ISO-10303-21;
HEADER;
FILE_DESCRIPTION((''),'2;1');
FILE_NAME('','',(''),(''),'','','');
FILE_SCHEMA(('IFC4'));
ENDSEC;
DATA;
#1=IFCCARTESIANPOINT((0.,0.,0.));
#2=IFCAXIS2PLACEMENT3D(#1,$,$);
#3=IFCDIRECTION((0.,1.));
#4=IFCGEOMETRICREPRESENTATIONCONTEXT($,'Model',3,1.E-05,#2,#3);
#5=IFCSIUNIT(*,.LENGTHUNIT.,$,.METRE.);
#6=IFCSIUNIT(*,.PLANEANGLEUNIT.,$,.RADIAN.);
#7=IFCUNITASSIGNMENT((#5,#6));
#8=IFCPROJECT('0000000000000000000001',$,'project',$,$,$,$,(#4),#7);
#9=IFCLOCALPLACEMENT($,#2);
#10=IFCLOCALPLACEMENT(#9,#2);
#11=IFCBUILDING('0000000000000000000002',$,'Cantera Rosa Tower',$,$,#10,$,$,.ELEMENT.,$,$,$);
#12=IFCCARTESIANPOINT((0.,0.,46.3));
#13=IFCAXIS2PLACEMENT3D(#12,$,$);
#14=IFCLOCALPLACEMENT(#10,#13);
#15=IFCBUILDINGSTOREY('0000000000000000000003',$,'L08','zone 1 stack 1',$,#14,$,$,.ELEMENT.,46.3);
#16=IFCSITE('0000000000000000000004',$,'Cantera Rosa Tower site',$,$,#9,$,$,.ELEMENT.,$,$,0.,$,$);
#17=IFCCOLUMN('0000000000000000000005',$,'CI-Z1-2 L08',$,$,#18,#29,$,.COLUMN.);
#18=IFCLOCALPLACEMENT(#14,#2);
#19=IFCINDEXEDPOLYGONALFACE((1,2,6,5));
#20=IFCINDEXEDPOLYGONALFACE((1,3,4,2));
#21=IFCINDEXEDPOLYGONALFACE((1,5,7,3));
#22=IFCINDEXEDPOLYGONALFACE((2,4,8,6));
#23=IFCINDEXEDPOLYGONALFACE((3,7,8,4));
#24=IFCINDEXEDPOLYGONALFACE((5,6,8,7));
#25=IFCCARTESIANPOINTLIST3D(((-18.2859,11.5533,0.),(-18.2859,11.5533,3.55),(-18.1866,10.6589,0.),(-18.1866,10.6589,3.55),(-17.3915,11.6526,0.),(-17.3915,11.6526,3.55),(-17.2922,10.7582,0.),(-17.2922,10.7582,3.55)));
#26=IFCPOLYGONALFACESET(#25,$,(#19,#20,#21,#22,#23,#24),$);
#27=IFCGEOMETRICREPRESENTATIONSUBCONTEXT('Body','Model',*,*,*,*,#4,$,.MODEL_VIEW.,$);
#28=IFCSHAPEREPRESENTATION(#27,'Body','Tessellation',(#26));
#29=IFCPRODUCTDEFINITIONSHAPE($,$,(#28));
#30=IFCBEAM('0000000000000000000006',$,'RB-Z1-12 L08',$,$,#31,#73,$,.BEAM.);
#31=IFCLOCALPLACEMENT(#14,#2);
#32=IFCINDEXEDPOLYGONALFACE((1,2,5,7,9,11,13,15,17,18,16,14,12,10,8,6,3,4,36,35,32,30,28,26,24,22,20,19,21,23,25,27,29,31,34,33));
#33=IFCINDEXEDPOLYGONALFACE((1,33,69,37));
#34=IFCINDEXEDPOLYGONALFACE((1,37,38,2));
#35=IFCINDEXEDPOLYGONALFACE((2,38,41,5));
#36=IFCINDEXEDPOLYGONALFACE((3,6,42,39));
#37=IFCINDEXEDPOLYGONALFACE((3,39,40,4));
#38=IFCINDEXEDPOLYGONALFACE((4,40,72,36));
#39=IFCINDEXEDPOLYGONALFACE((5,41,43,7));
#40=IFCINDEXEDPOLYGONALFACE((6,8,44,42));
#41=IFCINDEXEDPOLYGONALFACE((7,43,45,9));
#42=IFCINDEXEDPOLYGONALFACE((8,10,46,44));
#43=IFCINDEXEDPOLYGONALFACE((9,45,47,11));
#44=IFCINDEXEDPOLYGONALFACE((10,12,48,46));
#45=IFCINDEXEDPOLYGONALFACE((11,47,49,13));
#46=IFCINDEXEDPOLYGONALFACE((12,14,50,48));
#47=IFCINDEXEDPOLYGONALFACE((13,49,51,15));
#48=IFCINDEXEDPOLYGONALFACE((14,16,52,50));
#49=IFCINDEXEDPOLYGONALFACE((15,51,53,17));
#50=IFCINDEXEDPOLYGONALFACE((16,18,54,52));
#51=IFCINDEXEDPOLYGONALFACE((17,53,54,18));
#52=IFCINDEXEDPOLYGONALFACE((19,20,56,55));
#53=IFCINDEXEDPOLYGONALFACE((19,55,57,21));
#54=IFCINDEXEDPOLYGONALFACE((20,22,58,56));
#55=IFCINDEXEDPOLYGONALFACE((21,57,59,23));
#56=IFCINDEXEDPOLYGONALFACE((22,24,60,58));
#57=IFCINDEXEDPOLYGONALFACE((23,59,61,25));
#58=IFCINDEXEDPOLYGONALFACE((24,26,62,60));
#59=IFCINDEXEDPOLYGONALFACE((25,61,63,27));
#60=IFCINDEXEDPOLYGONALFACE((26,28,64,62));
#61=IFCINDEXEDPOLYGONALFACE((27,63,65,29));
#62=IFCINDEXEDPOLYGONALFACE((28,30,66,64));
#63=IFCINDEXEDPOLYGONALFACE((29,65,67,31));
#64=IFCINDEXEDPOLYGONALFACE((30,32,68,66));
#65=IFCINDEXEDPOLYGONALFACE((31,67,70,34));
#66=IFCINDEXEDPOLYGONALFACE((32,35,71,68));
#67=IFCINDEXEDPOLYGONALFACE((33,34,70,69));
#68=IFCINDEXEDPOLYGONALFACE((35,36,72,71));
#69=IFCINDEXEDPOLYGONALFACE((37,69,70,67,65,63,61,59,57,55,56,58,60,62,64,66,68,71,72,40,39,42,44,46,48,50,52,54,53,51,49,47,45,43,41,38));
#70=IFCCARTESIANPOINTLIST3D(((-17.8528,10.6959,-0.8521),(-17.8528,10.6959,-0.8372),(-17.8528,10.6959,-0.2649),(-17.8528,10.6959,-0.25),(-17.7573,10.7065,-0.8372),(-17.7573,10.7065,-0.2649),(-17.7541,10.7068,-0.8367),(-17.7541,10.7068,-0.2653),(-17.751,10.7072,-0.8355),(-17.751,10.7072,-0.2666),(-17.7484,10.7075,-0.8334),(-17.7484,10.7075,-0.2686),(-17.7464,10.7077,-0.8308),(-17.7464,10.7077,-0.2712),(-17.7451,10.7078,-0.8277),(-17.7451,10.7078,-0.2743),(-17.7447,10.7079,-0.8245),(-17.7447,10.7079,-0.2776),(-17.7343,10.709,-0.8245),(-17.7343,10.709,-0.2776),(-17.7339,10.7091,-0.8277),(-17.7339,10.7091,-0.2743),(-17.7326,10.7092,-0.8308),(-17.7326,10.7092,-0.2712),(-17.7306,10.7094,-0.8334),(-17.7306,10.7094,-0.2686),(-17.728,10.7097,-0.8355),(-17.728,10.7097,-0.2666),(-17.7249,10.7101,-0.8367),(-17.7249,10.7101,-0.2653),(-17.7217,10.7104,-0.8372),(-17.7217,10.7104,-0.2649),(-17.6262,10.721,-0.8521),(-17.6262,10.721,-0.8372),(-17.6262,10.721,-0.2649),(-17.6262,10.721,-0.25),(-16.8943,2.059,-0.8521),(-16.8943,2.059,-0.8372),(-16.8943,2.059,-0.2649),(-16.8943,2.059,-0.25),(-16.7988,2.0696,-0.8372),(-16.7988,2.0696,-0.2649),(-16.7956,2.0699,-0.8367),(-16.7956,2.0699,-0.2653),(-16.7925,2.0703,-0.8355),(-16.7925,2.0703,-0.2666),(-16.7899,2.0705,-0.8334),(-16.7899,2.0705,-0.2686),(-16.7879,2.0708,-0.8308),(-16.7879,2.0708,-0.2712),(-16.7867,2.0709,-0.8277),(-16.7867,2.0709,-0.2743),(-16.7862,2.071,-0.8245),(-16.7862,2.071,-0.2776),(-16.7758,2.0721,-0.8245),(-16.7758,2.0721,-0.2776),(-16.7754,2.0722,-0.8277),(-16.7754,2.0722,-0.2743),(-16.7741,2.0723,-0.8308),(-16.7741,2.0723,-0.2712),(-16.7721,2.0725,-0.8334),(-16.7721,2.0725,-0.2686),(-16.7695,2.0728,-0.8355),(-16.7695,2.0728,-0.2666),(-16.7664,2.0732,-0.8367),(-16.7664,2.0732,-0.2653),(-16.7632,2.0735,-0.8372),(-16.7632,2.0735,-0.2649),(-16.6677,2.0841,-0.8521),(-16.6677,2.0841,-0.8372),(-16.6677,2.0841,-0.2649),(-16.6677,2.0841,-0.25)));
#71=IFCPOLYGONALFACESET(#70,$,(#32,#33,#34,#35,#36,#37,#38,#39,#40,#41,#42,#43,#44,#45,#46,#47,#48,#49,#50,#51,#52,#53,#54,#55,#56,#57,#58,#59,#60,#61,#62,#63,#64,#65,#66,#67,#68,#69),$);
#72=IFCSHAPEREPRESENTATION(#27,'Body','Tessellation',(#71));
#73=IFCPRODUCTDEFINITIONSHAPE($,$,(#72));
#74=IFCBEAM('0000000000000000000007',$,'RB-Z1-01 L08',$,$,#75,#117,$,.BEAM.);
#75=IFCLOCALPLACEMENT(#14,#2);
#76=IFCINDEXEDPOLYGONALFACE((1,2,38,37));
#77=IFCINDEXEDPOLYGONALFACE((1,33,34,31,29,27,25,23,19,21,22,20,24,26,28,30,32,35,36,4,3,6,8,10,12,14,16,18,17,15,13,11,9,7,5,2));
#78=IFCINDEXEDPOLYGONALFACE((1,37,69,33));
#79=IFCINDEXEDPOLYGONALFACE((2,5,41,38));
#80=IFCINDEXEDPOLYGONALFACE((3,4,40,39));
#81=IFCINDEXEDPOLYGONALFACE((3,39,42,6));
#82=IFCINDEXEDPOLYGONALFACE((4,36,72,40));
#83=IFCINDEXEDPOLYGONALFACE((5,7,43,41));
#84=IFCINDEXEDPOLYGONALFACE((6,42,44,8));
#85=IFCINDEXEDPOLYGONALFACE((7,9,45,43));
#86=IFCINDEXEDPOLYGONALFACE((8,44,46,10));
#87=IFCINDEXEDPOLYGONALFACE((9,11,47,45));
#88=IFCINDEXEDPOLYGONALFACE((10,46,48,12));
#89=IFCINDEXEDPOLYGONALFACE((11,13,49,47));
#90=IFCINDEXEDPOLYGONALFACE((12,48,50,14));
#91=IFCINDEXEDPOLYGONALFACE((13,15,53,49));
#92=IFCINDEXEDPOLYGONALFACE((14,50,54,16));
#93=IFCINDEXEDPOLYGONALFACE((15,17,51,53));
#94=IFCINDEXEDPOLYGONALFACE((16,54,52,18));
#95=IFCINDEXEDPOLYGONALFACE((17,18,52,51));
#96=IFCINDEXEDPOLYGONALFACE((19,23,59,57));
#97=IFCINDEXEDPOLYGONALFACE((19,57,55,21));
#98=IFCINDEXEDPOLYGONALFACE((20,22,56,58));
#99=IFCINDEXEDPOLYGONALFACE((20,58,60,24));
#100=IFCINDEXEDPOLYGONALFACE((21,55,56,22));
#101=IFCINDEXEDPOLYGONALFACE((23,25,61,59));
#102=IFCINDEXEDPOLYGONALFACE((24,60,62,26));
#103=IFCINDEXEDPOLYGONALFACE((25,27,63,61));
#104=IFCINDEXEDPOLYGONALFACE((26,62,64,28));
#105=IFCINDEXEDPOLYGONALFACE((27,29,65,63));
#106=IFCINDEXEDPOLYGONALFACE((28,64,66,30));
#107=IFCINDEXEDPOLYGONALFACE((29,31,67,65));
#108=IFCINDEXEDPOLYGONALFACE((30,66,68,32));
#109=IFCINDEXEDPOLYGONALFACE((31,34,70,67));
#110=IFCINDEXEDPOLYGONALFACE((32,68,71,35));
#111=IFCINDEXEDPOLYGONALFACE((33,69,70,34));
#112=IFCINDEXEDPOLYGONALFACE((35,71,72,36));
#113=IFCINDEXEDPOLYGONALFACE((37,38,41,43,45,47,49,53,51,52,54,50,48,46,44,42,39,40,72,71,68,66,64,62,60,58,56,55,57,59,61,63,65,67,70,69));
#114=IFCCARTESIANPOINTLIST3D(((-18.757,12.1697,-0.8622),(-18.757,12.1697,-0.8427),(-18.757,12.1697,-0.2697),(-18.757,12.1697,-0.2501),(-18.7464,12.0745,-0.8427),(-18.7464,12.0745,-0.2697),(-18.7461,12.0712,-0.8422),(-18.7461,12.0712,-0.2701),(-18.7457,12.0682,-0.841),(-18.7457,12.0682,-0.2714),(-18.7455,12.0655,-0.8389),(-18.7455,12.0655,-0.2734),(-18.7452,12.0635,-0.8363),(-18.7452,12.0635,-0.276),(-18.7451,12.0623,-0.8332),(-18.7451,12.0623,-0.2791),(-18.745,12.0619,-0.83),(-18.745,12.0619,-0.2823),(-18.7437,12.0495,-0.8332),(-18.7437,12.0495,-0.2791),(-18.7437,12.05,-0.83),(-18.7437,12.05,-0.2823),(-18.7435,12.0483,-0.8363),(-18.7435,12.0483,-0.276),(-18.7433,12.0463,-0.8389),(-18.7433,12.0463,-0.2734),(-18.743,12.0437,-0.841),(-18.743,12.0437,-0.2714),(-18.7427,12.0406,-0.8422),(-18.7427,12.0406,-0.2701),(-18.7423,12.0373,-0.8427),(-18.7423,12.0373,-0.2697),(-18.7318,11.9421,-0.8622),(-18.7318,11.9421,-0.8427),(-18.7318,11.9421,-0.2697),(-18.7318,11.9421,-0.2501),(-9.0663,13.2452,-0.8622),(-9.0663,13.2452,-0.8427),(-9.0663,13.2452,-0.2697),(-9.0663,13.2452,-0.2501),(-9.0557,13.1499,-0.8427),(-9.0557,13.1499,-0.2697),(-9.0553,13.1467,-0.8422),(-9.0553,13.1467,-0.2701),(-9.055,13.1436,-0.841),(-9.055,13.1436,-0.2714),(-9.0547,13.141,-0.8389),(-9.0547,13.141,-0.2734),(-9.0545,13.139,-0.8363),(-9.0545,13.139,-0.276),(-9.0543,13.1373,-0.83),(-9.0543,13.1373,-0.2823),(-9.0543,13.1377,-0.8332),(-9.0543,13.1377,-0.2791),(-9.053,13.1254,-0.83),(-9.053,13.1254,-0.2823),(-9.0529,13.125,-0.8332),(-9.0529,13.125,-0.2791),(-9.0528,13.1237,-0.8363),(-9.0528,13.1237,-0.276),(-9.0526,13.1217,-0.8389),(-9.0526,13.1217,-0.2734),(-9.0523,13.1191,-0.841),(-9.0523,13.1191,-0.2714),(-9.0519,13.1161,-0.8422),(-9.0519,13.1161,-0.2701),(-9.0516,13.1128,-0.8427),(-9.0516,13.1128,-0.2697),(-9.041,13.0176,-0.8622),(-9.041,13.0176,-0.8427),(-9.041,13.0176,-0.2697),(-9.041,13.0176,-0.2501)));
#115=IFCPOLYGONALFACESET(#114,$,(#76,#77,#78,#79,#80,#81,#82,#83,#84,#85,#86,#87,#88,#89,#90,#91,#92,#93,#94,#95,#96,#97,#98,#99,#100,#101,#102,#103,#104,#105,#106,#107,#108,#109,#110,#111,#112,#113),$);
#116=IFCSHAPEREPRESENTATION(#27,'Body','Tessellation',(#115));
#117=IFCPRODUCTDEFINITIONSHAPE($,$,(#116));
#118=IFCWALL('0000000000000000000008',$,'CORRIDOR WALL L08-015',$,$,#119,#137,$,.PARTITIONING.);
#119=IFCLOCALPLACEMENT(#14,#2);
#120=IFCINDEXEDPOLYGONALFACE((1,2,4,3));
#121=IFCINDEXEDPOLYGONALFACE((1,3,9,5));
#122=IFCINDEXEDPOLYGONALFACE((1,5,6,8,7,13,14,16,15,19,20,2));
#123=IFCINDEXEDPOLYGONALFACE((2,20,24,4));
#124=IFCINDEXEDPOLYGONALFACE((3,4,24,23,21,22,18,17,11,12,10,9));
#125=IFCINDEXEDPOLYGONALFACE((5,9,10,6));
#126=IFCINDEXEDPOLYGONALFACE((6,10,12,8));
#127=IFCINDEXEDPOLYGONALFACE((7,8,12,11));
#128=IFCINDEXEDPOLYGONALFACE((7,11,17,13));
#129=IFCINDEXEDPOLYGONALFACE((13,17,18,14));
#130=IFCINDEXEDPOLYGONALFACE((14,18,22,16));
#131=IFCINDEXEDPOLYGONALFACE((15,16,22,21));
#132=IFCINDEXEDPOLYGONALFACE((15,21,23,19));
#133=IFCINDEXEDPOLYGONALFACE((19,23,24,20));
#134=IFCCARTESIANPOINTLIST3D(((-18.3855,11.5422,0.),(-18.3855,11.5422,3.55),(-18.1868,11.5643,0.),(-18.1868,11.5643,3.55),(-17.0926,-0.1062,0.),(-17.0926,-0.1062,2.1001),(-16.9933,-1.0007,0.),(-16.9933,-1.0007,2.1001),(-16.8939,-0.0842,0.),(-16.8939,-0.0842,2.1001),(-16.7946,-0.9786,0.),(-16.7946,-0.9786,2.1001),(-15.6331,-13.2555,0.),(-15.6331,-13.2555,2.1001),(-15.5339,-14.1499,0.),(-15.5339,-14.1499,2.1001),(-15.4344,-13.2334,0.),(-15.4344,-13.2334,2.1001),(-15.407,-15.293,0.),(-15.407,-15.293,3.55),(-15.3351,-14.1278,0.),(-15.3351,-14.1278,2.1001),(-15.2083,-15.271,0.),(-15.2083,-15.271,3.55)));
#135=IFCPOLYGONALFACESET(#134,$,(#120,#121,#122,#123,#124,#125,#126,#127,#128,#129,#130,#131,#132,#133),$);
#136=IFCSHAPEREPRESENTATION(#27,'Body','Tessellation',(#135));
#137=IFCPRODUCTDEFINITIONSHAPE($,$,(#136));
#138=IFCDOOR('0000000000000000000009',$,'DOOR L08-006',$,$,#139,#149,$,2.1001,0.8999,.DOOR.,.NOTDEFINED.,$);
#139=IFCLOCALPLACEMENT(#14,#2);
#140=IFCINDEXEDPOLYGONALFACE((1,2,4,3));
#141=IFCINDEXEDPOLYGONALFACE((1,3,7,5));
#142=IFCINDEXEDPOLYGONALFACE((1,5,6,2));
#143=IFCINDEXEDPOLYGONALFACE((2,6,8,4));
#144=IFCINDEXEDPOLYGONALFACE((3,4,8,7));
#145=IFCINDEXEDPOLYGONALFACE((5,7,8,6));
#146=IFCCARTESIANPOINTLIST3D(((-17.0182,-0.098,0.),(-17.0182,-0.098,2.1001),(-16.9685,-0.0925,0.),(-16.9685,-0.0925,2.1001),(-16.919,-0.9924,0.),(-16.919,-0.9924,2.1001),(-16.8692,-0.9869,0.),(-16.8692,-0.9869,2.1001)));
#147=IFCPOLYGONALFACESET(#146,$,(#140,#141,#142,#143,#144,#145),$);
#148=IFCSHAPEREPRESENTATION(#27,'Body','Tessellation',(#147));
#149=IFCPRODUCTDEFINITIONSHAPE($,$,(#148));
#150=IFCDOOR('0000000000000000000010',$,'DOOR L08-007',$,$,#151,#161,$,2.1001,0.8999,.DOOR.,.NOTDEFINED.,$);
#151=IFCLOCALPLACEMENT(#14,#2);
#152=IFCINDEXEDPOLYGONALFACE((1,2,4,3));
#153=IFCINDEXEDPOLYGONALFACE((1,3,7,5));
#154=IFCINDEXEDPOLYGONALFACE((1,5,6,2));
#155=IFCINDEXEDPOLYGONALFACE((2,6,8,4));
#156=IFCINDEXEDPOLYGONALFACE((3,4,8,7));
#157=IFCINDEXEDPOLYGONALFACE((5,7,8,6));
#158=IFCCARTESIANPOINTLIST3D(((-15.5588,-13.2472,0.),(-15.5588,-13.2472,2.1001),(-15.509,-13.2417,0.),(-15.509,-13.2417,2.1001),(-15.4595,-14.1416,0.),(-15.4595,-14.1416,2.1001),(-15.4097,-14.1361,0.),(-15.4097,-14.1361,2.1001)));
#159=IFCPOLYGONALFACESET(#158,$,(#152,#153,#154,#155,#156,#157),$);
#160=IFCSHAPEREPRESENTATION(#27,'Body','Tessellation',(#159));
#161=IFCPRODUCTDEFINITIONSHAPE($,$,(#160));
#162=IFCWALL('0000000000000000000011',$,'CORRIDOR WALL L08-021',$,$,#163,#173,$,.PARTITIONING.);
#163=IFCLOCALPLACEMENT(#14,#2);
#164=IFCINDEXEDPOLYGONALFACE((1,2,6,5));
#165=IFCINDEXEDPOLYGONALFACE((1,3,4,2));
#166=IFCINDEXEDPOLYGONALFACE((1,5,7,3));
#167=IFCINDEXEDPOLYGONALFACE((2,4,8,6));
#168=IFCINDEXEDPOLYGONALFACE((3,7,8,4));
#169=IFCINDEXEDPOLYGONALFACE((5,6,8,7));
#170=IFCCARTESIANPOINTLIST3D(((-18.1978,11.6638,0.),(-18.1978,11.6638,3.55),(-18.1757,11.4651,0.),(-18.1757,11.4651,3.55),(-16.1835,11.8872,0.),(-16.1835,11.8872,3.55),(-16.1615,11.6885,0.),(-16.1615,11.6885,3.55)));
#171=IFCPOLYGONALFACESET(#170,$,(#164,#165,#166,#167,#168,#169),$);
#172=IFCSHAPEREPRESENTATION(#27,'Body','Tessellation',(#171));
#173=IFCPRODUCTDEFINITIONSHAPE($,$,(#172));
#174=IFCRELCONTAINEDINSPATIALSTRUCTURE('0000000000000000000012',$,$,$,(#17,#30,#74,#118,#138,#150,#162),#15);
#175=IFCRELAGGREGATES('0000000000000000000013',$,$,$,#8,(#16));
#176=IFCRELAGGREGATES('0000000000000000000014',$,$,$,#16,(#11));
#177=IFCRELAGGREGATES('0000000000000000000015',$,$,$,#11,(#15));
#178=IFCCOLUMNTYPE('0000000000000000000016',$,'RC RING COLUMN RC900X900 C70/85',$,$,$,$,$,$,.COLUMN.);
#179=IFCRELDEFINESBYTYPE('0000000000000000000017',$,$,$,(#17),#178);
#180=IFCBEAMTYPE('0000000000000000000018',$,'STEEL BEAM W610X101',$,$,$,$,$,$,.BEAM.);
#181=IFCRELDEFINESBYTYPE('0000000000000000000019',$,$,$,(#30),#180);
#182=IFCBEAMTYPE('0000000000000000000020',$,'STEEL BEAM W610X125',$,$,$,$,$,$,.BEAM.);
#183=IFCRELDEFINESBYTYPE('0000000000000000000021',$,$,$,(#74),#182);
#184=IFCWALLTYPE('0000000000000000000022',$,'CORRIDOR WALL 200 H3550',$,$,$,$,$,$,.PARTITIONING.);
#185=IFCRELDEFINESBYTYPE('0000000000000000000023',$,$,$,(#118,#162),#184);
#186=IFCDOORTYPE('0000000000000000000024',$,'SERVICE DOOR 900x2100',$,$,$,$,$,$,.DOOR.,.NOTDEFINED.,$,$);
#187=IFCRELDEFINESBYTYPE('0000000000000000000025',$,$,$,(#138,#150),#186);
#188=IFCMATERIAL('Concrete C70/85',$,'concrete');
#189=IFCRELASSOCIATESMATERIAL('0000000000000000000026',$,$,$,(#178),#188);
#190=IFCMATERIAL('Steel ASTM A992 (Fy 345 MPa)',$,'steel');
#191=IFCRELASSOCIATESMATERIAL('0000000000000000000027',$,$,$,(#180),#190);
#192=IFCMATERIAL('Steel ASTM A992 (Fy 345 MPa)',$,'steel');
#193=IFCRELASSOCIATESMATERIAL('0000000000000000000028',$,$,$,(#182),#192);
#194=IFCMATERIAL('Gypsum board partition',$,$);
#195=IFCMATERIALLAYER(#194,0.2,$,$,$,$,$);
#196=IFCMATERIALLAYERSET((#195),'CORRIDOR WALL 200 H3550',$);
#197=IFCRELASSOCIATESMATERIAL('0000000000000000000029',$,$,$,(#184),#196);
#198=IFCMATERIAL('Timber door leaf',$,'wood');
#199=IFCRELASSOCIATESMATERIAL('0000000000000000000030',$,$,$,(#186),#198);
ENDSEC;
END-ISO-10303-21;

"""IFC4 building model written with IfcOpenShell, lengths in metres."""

from ifc_helpers import new_model, si_unit, direction, frame, frame_2d, origin, origin_2d, place, context, subcontext, project, spatial, rectangle, i_section, extrude, material, layer, layer_set, material_profile, profile_set, type_object, element, fill, save


model = new_model("IFC4")

# Units and contexts
model_context = context("Model", 3, precision=1e-05, world=origin(), true_north=direction((0.0, 1.0)))
body_context = subcontext(model_context, "Body", "Model", "MODEL_VIEW")
ifc_project = project(units=[si_unit("LENGTHUNIT", "METRE"), si_unit("PLANEANGLEUNIT", "RADIAN")], contexts=[model_context])

# Site, building, storey
site_placement = place(None, origin())
site = spatial("IfcSite", under=ifc_project, at=site_placement, Name="Cantera Rosa Tower site", CompositionType="ELEMENT", RefElevation=0.0)
building_placement = place(site_placement, origin())
building = spatial("IfcBuilding", under=site, at=building_placement, Name="Cantera Rosa Tower", CompositionType="ELEMENT")
storey_placement = place(building_placement, frame((0.0, 0.0, 46.3)))
storey = spatial("IfcBuildingStorey", under=building, at=storey_placement, Name="L08", Description="zone 1 stack 1", CompositionType="ELEMENT", Elevation=46.3)

# Column
ifc_material_1 = material(Name="Concrete C70/85", Category="concrete")
ifc_material_profile_1 = material_profile(ifc_material_1, rectangle(XDim=0.8999, YDim=0.8999, at=origin_2d()), Name="RC RING COLUMN RC900X900 C70/85")
ifc_profile_set_1 = profile_set([ifc_material_profile_1], Name="Concrete C70/85")
column_type = type_object("IfcColumnType", Name="RC RING COLUMN RC900X900 C70/85", PredefinedType="COLUMN", material=ifc_profile_set_1)
column_placement = place(storey_placement, frame((-17.7891, 11.1558, 0.0), z_axis=(0.0, 0.0, 1.0), x_axis=(0.993897, 0.110313, 0.0)))
element("IfcColumn", 1, at=column_placement, inside=storey, type_object=column_type, Name="CI-Z1-2 L08", PredefinedType="COLUMN", context=body_context, shape_type="SweptSolid", body=[
    extrude(rectangle(XDim=0.8999, YDim=0.8999, at=origin_2d()), origin(), (0.0, 0.0, 1.0), 3.55),
])

# Beams
ifc_material_2 = material(Name="Steel ASTM A992 (Fy 345 MPa)", Category="steel")
ifc_material_profile_2 = material_profile(ifc_material_2, i_section(OverallWidth=0.228, OverallDepth=0.6021, WebThickness=0.0105, FlangeThickness=0.0149, FilletRadius=0.0127, at=origin_2d()), Name="W610X101")
ifc_profile_set_2 = profile_set([ifc_material_profile_2], Name="Steel ASTM A992 (Fy 345 MPa)")
beam_type_1 = type_object("IfcBeamType", Name="STEEL BEAM W610X101", PredefinedType="BEAM", material=ifc_profile_set_2)
beam_1_placement = place(storey_placement, frame((-16.781, 2.0715, -0.551), z_axis=(-0.110299, 0.993898, 0.0), x_axis=(-0.993898, -0.110299, 0.0)))
element("IfcBeam", 2, at=beam_1_placement, inside=storey, type_object=beam_type_1, Name="RB-Z1-12 L08", PredefinedType="BEAM", context=body_context, shape_type="SweptSolid", body=[
    extrude(i_section(OverallWidth=0.228, OverallDepth=0.6021, WebThickness=0.0105, FlangeThickness=0.0149, FilletRadius=0.0127, at=origin_2d()), origin(), (0.0, 0.0, 1.0), 8.6899),
])
ifc_material_3 = material(Name="Steel ASTM A992 (Fy 345 MPa)", Category="steel")
ifc_material_profile_3 = material_profile(ifc_material_3, i_section(OverallWidth=0.229, OverallDepth=0.6121, WebThickness=0.012, FlangeThickness=0.0195, FilletRadius=0.0127, at=origin_2d()), Name="W610X125")
ifc_profile_set_3 = profile_set([ifc_material_profile_3], Name="Steel ASTM A992 (Fy 345 MPa)")
beam_type_2 = type_object("IfcBeamType", Name="STEEL BEAM W610X125", PredefinedType="BEAM", material=ifc_profile_set_3)
beam_2_placement = place(storey_placement, frame((-18.7444, 12.0559, -0.5562), z_axis=(0.993898, 0.1103, 0.0), x_axis=(-0.1103, 0.993898, 0.0)))
element("IfcBeam", 3, at=beam_2_placement, inside=storey, type_object=beam_type_2, Name="RB-Z1-01 L08", PredefinedType="BEAM", context=body_context, shape_type="SweptSolid", body=[
    extrude(i_section(OverallWidth=0.229, OverallDepth=0.6121, WebThickness=0.012, FlangeThickness=0.0195, FilletRadius=0.0127, at=origin_2d()), origin(), (0.0, 0.0, 1.0), 9.7502),
])

# Wall, openings, doors
ifc_material_4 = material(Name="Gypsum board partition")
ifc_layer_1 = layer(ifc_material_4, 0.2)
ifc_layer_set_1 = layer_set([ifc_layer_1], Name="CORRIDOR WALL 200 H3550")
wall_type_1 = type_object("IfcWallType", Name="CORRIDOR WALL 200 H3550", PredefinedType="PARTITIONING", material=ifc_layer_set_1)
wall_1_placement = place(storey_placement, frame((-18.2861, 11.5532, 0.0), z_axis=(0.0, 0.0, 1.0), x_axis=(0.110315, -0.993897, 0.0)))
wall_1 = element("IfcWall", 4, at=wall_1_placement, inside=storey, type_object=wall_type_1, Name="CORRIDOR WALL L08-015", PredefinedType="PARTITIONING", context=body_context, shape_type="SweptSolid", body=[
    extrude(rectangle(XDim=27.0, YDim=0.2, at=frame_2d((13.5, 0.0))), origin(), (0.0, 0.0, 1.0), 3.55),
])
opening_1_placement = place(wall_1_placement, frame((11.72, 0.0, 0.0)))
opening_1 = element("IfcOpeningElement", 5, at=opening_1_placement, cuts=wall_1, PredefinedType="OPENING", context=body_context, shape_type="SweptSolid", body=[
    extrude(rectangle(XDim=0.8999, YDim=2.1001, at=frame_2d((0.45, 1.05))), frame((0.0, 0.1099, 0.0), z_axis=(0.0, -1.0, 0.0), x_axis=(1.0, 0.0, 0.0)), (0.0, 0.0, 1.0), 0.22),
])
opening_2_placement = place(wall_1_placement, frame((24.95, 0.0, 0.0)))
opening_2 = element("IfcOpeningElement", 6, at=opening_2_placement, cuts=wall_1, PredefinedType="OPENING", context=body_context, shape_type="SweptSolid", body=[
    extrude(rectangle(XDim=0.8999, YDim=2.1001, at=frame_2d((0.45, 1.05))), frame((0.0, 0.1099, 0.0), z_axis=(0.0, -1.0, 0.0), x_axis=(1.0, 0.0, 0.0)), (0.0, 0.0, 1.0), 0.22),
])
ifc_material_5 = material(Name="Timber door leaf", Category="wood")
door_type_1 = type_object("IfcDoorType", Name="SERVICE DOOR 900x2100", OperationType="NOTDEFINED", PredefinedType="DOOR", material=ifc_material_5)
door_1_placement = place(opening_1_placement, origin())
door_1 = element("IfcDoor", 7, at=door_1_placement, inside=storey, type_object=door_type_1, Name="DOOR L08-006", OperationType="NOTDEFINED", OverallHeight=2.1001, OverallWidth=0.8999, PredefinedType="DOOR", context=body_context, shape_type="SweptSolid", body=[
    extrude(rectangle(XDim=0.8999, YDim=2.1001, at=frame_2d((0.45, 1.05))), frame((0.0, 0.0249, 0.0), z_axis=(0.0, -1.0, 0.0), x_axis=(1.0, 0.0, 0.0)), (0.0, 0.0, 1.0), 0.05),
])
fill(opening_1, door_1)
door_2_placement = place(opening_2_placement, origin())
door_2 = element("IfcDoor", 8, at=door_2_placement, inside=storey, type_object=door_type_1, Name="DOOR L08-007", OperationType="NOTDEFINED", OverallHeight=2.1001, OverallWidth=0.8999, PredefinedType="DOOR", context=body_context, shape_type="SweptSolid", body=[
    extrude(rectangle(XDim=0.8999, YDim=2.1001, at=frame_2d((0.45, 1.05))), frame((0.0, 0.0249, 0.0), z_axis=(0.0, -1.0, 0.0), x_axis=(1.0, 0.0, 0.0)), (0.0, 0.0, 1.0), 0.05),
])
fill(opening_2, door_2)

# Wall
wall_2_placement = place(storey_placement, frame((-16.1726, 11.7878, 0.0), z_axis=(0.0, 0.0, 1.0), x_axis=(-0.993906, -0.110233, 0.0)))
element("IfcWall", 9, at=wall_2_placement, inside=storey, type_object=wall_type_1, Name="CORRIDOR WALL L08-021", PredefinedType="PARTITIONING", context=body_context, shape_type="SweptSolid", body=[
    extrude(rectangle(XDim=2.0266, YDim=0.2, at=frame_2d((1.0132, 0.0))), origin(), (0.0, 0.0, 1.0), 3.55),
])

save(model, "model.ifc")
